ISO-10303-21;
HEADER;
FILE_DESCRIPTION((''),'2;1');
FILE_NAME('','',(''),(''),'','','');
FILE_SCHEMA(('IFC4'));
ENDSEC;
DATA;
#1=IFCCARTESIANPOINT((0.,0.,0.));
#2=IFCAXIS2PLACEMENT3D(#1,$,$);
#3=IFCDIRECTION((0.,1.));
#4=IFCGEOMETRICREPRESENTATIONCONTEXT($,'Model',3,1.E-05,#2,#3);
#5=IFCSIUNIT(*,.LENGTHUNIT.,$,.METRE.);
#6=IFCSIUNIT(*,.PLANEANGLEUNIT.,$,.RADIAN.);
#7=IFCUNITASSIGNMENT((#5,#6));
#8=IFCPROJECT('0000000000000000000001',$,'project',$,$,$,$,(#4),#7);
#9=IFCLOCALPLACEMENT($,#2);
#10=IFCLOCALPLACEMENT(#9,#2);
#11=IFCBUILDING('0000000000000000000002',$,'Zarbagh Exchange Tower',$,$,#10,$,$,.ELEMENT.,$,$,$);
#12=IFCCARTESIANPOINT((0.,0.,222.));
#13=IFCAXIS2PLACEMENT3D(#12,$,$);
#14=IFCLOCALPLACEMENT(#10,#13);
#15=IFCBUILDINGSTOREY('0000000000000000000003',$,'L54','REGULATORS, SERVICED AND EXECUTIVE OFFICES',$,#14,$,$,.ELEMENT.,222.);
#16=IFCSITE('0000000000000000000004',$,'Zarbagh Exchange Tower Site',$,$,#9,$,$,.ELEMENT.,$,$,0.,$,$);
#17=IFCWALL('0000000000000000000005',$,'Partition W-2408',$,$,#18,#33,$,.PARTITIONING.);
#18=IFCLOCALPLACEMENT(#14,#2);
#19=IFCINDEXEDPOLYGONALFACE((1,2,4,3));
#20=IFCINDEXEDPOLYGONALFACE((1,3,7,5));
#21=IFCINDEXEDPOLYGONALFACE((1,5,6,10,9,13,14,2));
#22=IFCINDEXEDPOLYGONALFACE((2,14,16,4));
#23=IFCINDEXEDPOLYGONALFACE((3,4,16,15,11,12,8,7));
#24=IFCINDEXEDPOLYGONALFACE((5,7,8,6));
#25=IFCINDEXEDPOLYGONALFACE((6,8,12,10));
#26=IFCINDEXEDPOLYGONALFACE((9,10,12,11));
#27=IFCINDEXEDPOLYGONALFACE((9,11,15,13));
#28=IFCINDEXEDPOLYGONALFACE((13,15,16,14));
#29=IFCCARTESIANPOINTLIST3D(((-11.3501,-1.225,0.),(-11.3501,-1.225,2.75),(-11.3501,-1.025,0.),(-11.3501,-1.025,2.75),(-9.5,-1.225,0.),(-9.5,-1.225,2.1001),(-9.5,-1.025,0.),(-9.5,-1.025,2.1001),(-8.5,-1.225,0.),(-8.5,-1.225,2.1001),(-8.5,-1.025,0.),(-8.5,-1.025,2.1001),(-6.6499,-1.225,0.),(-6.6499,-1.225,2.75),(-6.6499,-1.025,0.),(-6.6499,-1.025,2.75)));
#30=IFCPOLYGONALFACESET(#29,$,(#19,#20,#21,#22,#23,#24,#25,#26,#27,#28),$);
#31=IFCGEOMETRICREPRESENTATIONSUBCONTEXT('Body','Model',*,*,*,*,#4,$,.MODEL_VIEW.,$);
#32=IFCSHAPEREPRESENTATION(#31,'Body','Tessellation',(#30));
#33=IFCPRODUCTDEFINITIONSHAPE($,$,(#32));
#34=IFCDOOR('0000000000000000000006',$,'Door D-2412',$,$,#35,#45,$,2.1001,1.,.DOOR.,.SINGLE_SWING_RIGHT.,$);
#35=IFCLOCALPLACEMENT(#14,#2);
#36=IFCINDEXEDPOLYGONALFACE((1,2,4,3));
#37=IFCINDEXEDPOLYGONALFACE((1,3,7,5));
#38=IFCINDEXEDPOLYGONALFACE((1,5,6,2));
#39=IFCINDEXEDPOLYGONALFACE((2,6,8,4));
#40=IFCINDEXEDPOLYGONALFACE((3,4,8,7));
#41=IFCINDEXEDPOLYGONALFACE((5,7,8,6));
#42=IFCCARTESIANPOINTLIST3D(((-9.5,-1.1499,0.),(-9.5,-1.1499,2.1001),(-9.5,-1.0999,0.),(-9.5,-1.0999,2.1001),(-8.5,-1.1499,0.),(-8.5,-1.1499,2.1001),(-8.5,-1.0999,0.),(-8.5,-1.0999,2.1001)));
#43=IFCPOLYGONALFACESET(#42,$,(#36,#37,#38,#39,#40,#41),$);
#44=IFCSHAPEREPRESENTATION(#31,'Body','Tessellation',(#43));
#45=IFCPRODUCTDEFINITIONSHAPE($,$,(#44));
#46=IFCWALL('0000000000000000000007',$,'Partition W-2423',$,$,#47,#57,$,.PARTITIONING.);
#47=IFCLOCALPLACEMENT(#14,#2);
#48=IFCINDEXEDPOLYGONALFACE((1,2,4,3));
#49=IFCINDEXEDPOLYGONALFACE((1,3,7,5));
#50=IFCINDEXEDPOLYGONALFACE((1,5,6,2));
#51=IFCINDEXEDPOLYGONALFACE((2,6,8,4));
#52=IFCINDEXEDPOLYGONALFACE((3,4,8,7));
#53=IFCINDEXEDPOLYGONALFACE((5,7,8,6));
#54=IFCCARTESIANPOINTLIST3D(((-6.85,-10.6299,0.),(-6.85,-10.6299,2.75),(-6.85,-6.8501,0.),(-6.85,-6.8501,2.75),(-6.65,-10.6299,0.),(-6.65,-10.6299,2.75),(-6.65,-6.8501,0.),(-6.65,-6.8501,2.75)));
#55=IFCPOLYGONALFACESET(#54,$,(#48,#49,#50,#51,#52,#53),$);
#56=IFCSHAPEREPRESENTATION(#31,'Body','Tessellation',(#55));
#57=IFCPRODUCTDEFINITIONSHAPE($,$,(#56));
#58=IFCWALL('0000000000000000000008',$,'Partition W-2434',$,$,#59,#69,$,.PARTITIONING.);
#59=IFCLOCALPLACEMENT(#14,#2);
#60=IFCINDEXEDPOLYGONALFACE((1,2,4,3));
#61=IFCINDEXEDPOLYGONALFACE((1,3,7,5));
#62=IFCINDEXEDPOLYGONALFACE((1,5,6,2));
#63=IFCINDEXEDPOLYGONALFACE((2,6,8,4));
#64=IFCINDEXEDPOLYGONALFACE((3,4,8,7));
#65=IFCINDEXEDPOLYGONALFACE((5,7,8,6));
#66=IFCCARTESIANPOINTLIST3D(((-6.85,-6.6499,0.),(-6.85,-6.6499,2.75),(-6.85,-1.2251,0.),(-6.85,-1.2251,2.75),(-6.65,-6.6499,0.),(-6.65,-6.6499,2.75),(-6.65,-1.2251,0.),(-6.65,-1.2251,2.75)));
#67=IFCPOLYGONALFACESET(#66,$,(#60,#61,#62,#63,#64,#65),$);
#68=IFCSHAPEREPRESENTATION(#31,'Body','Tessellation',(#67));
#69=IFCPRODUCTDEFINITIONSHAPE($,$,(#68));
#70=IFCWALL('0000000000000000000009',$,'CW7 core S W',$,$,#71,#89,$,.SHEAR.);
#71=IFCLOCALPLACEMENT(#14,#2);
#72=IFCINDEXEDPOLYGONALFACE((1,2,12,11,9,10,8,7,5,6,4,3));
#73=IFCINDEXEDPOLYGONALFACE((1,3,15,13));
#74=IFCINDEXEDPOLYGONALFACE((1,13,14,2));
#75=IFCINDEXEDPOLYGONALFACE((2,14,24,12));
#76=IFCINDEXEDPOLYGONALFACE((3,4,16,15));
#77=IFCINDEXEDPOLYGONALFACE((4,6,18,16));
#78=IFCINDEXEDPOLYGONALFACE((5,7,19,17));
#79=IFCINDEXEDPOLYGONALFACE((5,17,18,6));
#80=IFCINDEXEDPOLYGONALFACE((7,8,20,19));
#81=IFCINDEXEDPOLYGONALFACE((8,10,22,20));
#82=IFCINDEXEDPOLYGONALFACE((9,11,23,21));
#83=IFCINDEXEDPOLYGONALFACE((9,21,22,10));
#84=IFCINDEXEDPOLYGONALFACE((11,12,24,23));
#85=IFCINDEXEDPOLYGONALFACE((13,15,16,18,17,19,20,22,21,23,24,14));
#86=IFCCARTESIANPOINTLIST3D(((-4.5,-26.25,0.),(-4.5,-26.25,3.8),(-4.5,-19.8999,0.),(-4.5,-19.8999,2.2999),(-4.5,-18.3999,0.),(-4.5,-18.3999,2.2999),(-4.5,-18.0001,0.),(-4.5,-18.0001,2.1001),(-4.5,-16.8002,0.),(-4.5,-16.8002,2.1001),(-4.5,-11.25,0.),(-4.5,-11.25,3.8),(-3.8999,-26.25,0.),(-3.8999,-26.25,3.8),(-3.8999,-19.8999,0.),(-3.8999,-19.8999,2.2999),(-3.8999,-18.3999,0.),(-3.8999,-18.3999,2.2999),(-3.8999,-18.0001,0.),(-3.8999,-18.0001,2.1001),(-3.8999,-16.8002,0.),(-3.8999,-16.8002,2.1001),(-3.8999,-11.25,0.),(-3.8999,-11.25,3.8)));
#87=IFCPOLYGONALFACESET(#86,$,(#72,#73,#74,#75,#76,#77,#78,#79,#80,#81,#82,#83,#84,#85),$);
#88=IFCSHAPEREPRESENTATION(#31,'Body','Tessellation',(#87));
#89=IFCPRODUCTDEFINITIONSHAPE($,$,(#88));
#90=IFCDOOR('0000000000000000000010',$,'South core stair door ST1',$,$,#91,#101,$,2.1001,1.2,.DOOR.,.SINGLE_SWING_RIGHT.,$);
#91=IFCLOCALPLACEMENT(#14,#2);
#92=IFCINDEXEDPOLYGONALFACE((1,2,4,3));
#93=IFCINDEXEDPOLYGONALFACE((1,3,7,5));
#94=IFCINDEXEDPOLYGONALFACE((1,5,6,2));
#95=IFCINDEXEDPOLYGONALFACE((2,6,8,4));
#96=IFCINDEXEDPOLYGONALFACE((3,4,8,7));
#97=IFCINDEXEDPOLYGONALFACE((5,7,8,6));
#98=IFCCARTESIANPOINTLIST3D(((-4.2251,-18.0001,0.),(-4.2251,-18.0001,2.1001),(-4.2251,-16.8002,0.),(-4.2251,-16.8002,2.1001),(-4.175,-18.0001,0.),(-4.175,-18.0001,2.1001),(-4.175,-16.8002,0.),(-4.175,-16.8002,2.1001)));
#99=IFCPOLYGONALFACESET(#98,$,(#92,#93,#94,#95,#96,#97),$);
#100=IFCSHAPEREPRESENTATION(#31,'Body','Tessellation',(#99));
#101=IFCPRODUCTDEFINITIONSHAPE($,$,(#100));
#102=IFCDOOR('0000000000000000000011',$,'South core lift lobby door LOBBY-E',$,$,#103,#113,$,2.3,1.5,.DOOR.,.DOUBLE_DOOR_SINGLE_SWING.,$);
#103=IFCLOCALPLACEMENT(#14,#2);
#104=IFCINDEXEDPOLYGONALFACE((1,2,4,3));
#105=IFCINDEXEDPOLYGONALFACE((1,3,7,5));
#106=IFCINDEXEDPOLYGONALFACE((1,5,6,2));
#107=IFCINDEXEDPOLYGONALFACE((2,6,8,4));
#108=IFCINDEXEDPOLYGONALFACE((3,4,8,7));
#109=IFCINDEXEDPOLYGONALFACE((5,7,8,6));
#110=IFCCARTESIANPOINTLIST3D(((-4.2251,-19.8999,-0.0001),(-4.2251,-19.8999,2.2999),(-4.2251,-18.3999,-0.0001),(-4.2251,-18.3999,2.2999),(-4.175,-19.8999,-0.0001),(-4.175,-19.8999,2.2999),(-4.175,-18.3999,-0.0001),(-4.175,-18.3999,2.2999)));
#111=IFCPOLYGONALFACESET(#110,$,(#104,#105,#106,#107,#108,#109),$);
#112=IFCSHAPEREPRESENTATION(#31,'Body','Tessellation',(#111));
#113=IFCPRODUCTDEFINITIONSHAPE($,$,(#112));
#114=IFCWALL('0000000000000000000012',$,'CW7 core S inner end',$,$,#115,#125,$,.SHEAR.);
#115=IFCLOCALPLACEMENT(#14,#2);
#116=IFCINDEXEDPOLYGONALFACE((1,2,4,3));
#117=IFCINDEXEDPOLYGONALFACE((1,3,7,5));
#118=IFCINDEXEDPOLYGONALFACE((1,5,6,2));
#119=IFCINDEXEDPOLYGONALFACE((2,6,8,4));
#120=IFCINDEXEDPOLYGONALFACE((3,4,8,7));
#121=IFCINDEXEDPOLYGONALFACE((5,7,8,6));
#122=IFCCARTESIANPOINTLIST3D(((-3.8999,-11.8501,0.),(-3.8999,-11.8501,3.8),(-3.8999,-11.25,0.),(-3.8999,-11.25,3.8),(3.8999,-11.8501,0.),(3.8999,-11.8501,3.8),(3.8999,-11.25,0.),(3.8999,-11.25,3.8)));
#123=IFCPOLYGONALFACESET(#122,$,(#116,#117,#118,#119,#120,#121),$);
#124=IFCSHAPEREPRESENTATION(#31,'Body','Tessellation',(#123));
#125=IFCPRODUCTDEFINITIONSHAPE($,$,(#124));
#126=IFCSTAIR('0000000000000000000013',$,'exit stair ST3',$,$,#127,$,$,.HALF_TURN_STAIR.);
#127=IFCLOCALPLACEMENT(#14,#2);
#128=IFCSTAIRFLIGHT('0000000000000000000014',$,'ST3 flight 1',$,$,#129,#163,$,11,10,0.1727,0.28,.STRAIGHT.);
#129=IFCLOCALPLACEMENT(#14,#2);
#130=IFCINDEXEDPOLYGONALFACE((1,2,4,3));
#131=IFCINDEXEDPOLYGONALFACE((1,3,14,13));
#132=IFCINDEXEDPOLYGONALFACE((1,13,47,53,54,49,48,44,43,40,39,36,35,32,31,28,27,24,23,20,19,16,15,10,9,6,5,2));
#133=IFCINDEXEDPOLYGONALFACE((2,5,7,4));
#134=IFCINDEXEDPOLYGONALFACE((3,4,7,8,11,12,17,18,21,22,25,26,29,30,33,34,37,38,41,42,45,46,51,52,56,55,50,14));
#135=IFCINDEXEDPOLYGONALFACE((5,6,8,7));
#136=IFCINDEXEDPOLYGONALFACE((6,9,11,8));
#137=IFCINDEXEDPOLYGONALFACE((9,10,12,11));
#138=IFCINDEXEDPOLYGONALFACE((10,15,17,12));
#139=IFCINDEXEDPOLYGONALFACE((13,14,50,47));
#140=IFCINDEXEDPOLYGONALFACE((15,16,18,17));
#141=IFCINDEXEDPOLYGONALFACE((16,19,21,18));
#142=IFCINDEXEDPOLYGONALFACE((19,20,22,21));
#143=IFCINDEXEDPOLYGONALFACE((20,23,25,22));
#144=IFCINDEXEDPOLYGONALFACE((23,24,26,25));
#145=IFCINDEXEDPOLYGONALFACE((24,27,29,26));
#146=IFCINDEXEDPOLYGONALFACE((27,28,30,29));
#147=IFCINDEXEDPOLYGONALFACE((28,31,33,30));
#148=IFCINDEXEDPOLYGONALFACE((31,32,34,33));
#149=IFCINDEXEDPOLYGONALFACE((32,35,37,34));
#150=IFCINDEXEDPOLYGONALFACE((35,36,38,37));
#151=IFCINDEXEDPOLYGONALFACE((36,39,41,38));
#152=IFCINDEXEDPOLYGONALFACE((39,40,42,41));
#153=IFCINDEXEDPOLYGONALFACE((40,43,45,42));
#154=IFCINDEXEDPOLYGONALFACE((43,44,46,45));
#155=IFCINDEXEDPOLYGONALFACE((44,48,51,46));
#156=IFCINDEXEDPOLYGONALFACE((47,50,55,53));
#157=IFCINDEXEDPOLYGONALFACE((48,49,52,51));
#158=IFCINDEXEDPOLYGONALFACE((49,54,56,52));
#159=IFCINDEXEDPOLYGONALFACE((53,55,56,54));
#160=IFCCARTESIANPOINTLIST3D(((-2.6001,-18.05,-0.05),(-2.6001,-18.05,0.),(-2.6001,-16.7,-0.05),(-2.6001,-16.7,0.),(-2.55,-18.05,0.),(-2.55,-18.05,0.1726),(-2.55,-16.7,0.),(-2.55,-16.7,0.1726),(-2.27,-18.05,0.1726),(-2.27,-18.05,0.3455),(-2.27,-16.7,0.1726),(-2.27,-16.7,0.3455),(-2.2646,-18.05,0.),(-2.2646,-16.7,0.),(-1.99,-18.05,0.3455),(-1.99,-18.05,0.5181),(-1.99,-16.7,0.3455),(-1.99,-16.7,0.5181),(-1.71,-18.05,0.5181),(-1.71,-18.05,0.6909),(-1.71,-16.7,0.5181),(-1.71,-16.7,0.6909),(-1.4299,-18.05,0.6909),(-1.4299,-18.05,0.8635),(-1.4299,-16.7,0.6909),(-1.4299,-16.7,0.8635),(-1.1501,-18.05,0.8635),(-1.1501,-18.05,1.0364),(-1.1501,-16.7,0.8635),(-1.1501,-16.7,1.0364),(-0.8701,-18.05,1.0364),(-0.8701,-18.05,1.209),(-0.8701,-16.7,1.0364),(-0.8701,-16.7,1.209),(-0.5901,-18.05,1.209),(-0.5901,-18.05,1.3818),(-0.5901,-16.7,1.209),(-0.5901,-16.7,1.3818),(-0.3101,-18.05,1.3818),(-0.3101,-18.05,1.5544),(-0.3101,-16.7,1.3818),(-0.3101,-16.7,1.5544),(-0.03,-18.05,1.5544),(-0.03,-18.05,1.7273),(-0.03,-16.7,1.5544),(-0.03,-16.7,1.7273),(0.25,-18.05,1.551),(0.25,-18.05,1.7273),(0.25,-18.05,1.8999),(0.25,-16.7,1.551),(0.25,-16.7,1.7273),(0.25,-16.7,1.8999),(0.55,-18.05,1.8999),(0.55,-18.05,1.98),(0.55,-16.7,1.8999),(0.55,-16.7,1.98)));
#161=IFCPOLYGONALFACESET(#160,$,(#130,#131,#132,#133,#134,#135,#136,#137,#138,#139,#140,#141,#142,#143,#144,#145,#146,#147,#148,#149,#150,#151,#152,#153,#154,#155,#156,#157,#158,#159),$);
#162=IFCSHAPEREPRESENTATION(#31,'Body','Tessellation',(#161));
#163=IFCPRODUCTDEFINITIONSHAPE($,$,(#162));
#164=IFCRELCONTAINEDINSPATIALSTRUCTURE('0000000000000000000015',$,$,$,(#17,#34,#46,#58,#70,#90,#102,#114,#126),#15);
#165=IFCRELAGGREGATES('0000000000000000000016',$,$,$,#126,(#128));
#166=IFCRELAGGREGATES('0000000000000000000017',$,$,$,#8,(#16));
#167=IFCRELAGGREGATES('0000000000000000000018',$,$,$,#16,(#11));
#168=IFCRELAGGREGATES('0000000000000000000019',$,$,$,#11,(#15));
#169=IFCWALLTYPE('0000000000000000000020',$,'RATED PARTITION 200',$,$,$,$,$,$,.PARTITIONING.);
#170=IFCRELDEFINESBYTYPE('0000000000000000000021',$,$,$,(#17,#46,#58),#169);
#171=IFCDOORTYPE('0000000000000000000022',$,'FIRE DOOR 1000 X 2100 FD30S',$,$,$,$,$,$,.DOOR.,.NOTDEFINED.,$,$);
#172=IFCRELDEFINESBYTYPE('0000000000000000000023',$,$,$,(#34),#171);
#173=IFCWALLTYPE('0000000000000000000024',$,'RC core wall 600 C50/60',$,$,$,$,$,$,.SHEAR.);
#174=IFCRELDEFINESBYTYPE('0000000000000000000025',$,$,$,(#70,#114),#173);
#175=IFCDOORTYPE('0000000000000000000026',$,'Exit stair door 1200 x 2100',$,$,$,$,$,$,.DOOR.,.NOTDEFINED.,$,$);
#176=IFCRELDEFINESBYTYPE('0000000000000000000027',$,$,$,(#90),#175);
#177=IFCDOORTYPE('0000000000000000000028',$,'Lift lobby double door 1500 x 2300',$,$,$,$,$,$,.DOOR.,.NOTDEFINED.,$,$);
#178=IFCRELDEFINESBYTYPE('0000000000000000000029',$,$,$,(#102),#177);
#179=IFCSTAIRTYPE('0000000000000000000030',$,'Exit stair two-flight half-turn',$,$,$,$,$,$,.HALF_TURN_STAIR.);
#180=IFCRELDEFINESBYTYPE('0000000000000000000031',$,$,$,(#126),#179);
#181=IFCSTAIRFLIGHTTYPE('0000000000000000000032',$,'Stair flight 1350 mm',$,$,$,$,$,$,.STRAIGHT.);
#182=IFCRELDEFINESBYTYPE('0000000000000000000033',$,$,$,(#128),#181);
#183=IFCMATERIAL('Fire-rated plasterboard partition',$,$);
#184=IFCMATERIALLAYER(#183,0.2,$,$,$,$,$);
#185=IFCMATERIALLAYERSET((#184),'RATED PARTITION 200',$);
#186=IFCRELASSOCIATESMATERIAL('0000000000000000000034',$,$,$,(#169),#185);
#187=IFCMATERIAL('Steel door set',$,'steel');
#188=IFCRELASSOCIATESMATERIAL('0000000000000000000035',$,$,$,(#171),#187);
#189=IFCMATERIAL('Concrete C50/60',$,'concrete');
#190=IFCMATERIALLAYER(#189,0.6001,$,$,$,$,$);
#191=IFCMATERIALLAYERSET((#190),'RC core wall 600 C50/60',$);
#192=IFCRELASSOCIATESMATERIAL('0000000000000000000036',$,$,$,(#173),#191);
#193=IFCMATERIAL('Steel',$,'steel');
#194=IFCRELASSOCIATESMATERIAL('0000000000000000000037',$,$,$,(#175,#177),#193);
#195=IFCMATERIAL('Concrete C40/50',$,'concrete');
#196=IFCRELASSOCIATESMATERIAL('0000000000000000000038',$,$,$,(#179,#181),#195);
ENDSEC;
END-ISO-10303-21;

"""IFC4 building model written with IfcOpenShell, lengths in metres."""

from ifc_helpers import new_model, si_unit, direction, frame, frame_2d, origin, place, context, subcontext, project, spatial, polyline, rectangle, outline, extrude, material, layer, layer_set, type_object, element, fill, aggregate, save


model = new_model("IFC4")

# Units and contexts
model_context = context("Model", 3, precision=1e-05, world=origin(), true_north=direction((0.0, 1.0)))
body_context = subcontext(model_context, "Body", "Model", "MODEL_VIEW")
ifc_project = project(units=[si_unit("LENGTHUNIT", "METRE"), si_unit("PLANEANGLEUNIT", "RADIAN")], contexts=[model_context])

# Site, building, storey
site_placement = place(None, origin())
site = spatial("IfcSite", under=ifc_project, at=site_placement, Name="Zarbagh Exchange Tower Site", CompositionType="ELEMENT", RefElevation=0.0)
building_placement = place(site_placement, origin())
building = spatial("IfcBuilding", under=site, at=building_placement, Name="Zarbagh Exchange Tower", CompositionType="ELEMENT")
storey_placement = place(building_placement, frame((0.0, 0.0, 222.0)))
storey = spatial("IfcBuildingStorey", under=building, at=storey_placement, Name="L54", Description="REGULATORS, SERVICED AND EXECUTIVE OFFICES", CompositionType="ELEMENT", Elevation=222.0)

# Shared definitions
ifc_material_1 = material(Name="Concrete C50/60", Category="concrete")

# Wall, opening, door
ifc_material_2 = material(Name="Fire-rated plasterboard partition")
ifc_layer_1 = layer(ifc_material_2, 0.2)
ifc_layer_set_1 = layer_set([ifc_layer_1], Name="RATED PARTITION 200")
wall_type_1 = type_object("IfcWallType", Name="RATED PARTITION 200", PredefinedType="PARTITIONING", material=ifc_layer_set_1)
wall_1_placement = place(storey_placement, frame((-6.6499, -1.125, 0.0), z_axis=(0.0, 0.0, 1.0), x_axis=(-1.0, 0.0, 0.0)))
wall_1 = element("IfcWall", 1, at=wall_1_placement, inside=storey, type_object=wall_type_1, Name="Partition W-2408", PredefinedType="PARTITIONING", context=body_context, shape_type="SweptSolid", body=[
    extrude(rectangle(XDim=4.7002, YDim=0.2, at=frame_2d((2.3501, 0.0))), origin(), (0.0, 0.0, 1.0), 2.75),
])
opening_1_placement = place(wall_1_placement, frame((1.8501, 0.0, 0.0)))
opening_1 = element("IfcOpeningElement", 2, at=opening_1_placement, cuts=wall_1, PredefinedType="OPENING", context=body_context, shape_type="SweptSolid", body=[
    extrude(rectangle(XDim=1.0, YDim=2.1001, at=frame_2d((0.5, 1.05))), frame((0.0, 0.1099, 0.0), z_axis=(0.0, -1.0, 0.0), x_axis=(1.0, 0.0, 0.0)), (0.0, 0.0, 1.0), 0.22),
])
ifc_material_3 = material(Name="Steel door set", Category="steel")
door_type_1 = type_object("IfcDoorType", Name="FIRE DOOR 1000 X 2100 FD30S", OperationType="NOTDEFINED", PredefinedType="DOOR", material=ifc_material_3)
door_1_placement = place(opening_1_placement, origin())
door_1 = element("IfcDoor", 3, at=door_1_placement, inside=storey, type_object=door_type_1, Name="Door D-2412", OperationType="SINGLE_SWING_RIGHT", OverallHeight=2.1001, OverallWidth=1.0, PredefinedType="DOOR", context=body_context, shape_type="SweptSolid", body=[
    extrude(rectangle(XDim=1.0, YDim=2.1001, at=frame_2d((0.5, 1.05))), frame((0.0, 0.0249, 0.0), z_axis=(0.0, -1.0, 0.0), x_axis=(1.0, 0.0, 0.0)), (0.0, 0.0, 1.0), 0.05),
])
fill(opening_1, door_1)

# Walls
wall_2_placement = place(storey_placement, frame((-6.75, -10.6299, 0.0), z_axis=(0.0, 0.0, 1.0), x_axis=(0.0, 1.0, 0.0)))
element("IfcWall", 4, at=wall_2_placement, inside=storey, type_object=wall_type_1, Name="Partition W-2423", PredefinedType="PARTITIONING", context=body_context, shape_type="SweptSolid", body=[
    extrude(rectangle(XDim=3.7798, YDim=0.2, at=frame_2d((1.8899, 0.0))), origin(), (0.0, 0.0, 1.0), 2.75),
])
wall_3_placement = place(storey_placement, frame((-6.75, -6.6499, 0.0), z_axis=(0.0, 0.0, 1.0), x_axis=(0.0, 1.0, 0.0)))
element("IfcWall", 5, at=wall_3_placement, inside=storey, type_object=wall_type_1, Name="Partition W-2434", PredefinedType="PARTITIONING", context=body_context, shape_type="SweptSolid", body=[
    extrude(rectangle(XDim=5.4248, YDim=0.2, at=frame_2d((2.7124, 0.0))), origin(), (0.0, 0.0, 1.0), 2.75),
])

# Wall, openings, doors
ifc_layer_2 = layer(ifc_material_1, 0.6001)
ifc_layer_set_2 = layer_set([ifc_layer_2], Name="RC core wall 600 C50/60")
wall_type_2 = type_object("IfcWallType", Name="RC core wall 600 C50/60", PredefinedType="SHEAR", material=ifc_layer_set_2)
wall_4_placement = place(storey_placement, frame((-4.2, -11.25, 0.0), z_axis=(0.0, 0.0, 1.0), x_axis=(0.0, -1.0, 0.0)))
wall_4 = element("IfcWall", 6, at=wall_4_placement, inside=storey, type_object=wall_type_2, Name="CW7 core S W", PredefinedType="SHEAR", context=body_context, shape_type="SweptSolid", body=[
    extrude(rectangle(XDim=15.0, YDim=0.6001, at=frame_2d((7.5, 0.0))), origin(), (0.0, 0.0, 1.0), 3.8),
])
opening_2_placement = place(wall_4_placement, frame((7.1499, 0.0, 0.0)))
opening_2 = element("IfcOpeningElement", 7, at=opening_2_placement, cuts=wall_4, PredefinedType="OPENING", context=body_context, shape_type="SweptSolid", body=[
    extrude(rectangle(XDim=1.5, YDim=2.3, at=frame_2d((0.75, 1.1499))), frame((0.0, 0.3101, 0.0), z_axis=(0.0, -1.0, 0.0), x_axis=(1.0, 0.0, 0.0)), (0.0, 0.0, 1.0), 0.6201),
])
opening_3_placement = place(wall_4_placement, frame((5.55, 0.0, 0.0)))
opening_3 = element("IfcOpeningElement", 8, at=opening_3_placement, cuts=wall_4, PredefinedType="OPENING", context=body_context, shape_type="SweptSolid", body=[
    extrude(rectangle(XDim=1.2, YDim=2.1001, at=frame_2d((0.6001, 1.05))), frame((0.0, 0.3101, 0.0), z_axis=(0.0, -1.0, 0.0), x_axis=(1.0, 0.0, 0.0)), (0.0, 0.0, 1.0), 0.6201),
])
ifc_material_4 = material(Name="Steel", Category="steel")
door_type_2 = type_object("IfcDoorType", Name="Exit stair door 1200 x 2100", OperationType="NOTDEFINED", PredefinedType="DOOR", material=ifc_material_4)
door_2_placement = place(opening_3_placement, origin())
door_2 = element("IfcDoor", 9, at=door_2_placement, inside=storey, type_object=door_type_2, Name="South core stair door ST1", OperationType="SINGLE_SWING_RIGHT", OverallHeight=2.1001, OverallWidth=1.2, PredefinedType="DOOR", context=body_context, shape_type="SweptSolid", body=[
    extrude(rectangle(XDim=1.2, YDim=2.1001, at=frame_2d((0.6001, 1.05))), frame((0.0, 0.0249, 0.0), z_axis=(0.0, -1.0, 0.0), x_axis=(1.0, 0.0, 0.0)), (0.0, 0.0, 1.0), 0.05),
])
fill(opening_3, door_2)
door_type_3 = type_object("IfcDoorType", Name="Lift lobby double door 1500 x 2300", OperationType="NOTDEFINED", PredefinedType="DOOR", material=ifc_material_4)
door_3_placement = place(opening_2_placement, origin())
door_3 = element("IfcDoor", 10, at=door_3_placement, inside=storey, type_object=door_type_3, Name="South core lift lobby door LOBBY-E", OperationType="DOUBLE_DOOR_SINGLE_SWING", OverallHeight=2.3, OverallWidth=1.5, PredefinedType="DOOR", context=body_context, shape_type="SweptSolid", body=[
    extrude(rectangle(XDim=1.5, YDim=2.3, at=frame_2d((0.75, 1.1499))), frame((0.0, 0.0249, 0.0), z_axis=(0.0, -1.0, 0.0), x_axis=(1.0, 0.0, 0.0)), (0.0, 0.0, 1.0), 0.05),
])
fill(opening_2, door_3)

# Wall
wall_5_placement = place(storey_placement, frame((-3.8999, -11.55, 0.0), z_axis=(0.0, 0.0, 1.0), x_axis=(1.0, 0.0, 0.0)))
element("IfcWall", 11, at=wall_5_placement, inside=storey, type_object=wall_type_2, Name="CW7 core S inner end", PredefinedType="SHEAR", context=body_context, shape_type="SweptSolid", body=[
    extrude(rectangle(XDim=7.7998, YDim=0.6001, at=frame_2d((3.8999, 0.0))), origin(), (0.0, 0.0, 1.0), 3.8),
])

# Stair, stair flight
ifc_material_5 = material(Name="Concrete C40/50", Category="concrete")
stair_type = type_object("IfcStairType", Name="Exit stair two-flight half-turn", PredefinedType="HALF_TURN_STAIR", material=ifc_material_5)
stair_placement = place(storey_placement, origin())
stair = element("IfcStair", 12, at=stair_placement, inside=storey, type_object=stair_type, Name="exit stair ST3", PredefinedType="HALF_TURN_STAIR")
stair_flight_type = type_object("IfcStairFlightType", Name="Stair flight 1350 mm", PredefinedType="STRAIGHT", material=ifc_material_5)
stair_flight_placement = place(storey_placement, frame((-2.55, -17.375, 0.0), z_axis=(0.0, 0.0, 1.0), x_axis=(1.0, 0.0, 0.0)))
stair_flight = element("IfcStairFlight", 13, at=stair_flight_placement, type_object=stair_flight_type, Name="ST3 flight 1", NumberOfRisers=11, NumberOfTreads=10, PredefinedType="STRAIGHT", RiserHeight=0.1727, TreadLength=0.28, context=body_context, shape_type="SweptSolid", body=[
    extrude(outline(polyline([(-0.05, -0.05), (-0.05, 0.0), (0.0, 0.0), (0.0, 0.1726), (0.28, 0.1726), (0.28, 0.3455), (0.5601, 0.3455), (0.5601, 0.5181), (0.8401, 0.5181), (0.8401, 0.6909), (1.1201, 0.6909), (1.1201, 0.8635), (1.3999, 0.8635), (1.3999, 1.0364), (1.6799, 1.0364), (1.6799, 1.209), (1.96, 1.209), (1.96, 1.3818), (2.24, 1.3818), (2.24, 1.5544), (2.52, 1.5544), (2.52, 1.7273), (2.8, 1.7273), (2.8, 1.8999), (3.1001, 1.98), (3.1001, 1.8999), (2.8, 1.551), (0.2854, 0.0), (-0.05, -0.05)])), frame((0.0, 0.675, 0.0), z_axis=(0.0, -1.0, 0.0), x_axis=(1.0, 0.0, 0.0)), (0.0, 0.0, 1.0), 1.3501),
])
aggregate(stair, [stair_flight])

save(model, "model.ifc")
